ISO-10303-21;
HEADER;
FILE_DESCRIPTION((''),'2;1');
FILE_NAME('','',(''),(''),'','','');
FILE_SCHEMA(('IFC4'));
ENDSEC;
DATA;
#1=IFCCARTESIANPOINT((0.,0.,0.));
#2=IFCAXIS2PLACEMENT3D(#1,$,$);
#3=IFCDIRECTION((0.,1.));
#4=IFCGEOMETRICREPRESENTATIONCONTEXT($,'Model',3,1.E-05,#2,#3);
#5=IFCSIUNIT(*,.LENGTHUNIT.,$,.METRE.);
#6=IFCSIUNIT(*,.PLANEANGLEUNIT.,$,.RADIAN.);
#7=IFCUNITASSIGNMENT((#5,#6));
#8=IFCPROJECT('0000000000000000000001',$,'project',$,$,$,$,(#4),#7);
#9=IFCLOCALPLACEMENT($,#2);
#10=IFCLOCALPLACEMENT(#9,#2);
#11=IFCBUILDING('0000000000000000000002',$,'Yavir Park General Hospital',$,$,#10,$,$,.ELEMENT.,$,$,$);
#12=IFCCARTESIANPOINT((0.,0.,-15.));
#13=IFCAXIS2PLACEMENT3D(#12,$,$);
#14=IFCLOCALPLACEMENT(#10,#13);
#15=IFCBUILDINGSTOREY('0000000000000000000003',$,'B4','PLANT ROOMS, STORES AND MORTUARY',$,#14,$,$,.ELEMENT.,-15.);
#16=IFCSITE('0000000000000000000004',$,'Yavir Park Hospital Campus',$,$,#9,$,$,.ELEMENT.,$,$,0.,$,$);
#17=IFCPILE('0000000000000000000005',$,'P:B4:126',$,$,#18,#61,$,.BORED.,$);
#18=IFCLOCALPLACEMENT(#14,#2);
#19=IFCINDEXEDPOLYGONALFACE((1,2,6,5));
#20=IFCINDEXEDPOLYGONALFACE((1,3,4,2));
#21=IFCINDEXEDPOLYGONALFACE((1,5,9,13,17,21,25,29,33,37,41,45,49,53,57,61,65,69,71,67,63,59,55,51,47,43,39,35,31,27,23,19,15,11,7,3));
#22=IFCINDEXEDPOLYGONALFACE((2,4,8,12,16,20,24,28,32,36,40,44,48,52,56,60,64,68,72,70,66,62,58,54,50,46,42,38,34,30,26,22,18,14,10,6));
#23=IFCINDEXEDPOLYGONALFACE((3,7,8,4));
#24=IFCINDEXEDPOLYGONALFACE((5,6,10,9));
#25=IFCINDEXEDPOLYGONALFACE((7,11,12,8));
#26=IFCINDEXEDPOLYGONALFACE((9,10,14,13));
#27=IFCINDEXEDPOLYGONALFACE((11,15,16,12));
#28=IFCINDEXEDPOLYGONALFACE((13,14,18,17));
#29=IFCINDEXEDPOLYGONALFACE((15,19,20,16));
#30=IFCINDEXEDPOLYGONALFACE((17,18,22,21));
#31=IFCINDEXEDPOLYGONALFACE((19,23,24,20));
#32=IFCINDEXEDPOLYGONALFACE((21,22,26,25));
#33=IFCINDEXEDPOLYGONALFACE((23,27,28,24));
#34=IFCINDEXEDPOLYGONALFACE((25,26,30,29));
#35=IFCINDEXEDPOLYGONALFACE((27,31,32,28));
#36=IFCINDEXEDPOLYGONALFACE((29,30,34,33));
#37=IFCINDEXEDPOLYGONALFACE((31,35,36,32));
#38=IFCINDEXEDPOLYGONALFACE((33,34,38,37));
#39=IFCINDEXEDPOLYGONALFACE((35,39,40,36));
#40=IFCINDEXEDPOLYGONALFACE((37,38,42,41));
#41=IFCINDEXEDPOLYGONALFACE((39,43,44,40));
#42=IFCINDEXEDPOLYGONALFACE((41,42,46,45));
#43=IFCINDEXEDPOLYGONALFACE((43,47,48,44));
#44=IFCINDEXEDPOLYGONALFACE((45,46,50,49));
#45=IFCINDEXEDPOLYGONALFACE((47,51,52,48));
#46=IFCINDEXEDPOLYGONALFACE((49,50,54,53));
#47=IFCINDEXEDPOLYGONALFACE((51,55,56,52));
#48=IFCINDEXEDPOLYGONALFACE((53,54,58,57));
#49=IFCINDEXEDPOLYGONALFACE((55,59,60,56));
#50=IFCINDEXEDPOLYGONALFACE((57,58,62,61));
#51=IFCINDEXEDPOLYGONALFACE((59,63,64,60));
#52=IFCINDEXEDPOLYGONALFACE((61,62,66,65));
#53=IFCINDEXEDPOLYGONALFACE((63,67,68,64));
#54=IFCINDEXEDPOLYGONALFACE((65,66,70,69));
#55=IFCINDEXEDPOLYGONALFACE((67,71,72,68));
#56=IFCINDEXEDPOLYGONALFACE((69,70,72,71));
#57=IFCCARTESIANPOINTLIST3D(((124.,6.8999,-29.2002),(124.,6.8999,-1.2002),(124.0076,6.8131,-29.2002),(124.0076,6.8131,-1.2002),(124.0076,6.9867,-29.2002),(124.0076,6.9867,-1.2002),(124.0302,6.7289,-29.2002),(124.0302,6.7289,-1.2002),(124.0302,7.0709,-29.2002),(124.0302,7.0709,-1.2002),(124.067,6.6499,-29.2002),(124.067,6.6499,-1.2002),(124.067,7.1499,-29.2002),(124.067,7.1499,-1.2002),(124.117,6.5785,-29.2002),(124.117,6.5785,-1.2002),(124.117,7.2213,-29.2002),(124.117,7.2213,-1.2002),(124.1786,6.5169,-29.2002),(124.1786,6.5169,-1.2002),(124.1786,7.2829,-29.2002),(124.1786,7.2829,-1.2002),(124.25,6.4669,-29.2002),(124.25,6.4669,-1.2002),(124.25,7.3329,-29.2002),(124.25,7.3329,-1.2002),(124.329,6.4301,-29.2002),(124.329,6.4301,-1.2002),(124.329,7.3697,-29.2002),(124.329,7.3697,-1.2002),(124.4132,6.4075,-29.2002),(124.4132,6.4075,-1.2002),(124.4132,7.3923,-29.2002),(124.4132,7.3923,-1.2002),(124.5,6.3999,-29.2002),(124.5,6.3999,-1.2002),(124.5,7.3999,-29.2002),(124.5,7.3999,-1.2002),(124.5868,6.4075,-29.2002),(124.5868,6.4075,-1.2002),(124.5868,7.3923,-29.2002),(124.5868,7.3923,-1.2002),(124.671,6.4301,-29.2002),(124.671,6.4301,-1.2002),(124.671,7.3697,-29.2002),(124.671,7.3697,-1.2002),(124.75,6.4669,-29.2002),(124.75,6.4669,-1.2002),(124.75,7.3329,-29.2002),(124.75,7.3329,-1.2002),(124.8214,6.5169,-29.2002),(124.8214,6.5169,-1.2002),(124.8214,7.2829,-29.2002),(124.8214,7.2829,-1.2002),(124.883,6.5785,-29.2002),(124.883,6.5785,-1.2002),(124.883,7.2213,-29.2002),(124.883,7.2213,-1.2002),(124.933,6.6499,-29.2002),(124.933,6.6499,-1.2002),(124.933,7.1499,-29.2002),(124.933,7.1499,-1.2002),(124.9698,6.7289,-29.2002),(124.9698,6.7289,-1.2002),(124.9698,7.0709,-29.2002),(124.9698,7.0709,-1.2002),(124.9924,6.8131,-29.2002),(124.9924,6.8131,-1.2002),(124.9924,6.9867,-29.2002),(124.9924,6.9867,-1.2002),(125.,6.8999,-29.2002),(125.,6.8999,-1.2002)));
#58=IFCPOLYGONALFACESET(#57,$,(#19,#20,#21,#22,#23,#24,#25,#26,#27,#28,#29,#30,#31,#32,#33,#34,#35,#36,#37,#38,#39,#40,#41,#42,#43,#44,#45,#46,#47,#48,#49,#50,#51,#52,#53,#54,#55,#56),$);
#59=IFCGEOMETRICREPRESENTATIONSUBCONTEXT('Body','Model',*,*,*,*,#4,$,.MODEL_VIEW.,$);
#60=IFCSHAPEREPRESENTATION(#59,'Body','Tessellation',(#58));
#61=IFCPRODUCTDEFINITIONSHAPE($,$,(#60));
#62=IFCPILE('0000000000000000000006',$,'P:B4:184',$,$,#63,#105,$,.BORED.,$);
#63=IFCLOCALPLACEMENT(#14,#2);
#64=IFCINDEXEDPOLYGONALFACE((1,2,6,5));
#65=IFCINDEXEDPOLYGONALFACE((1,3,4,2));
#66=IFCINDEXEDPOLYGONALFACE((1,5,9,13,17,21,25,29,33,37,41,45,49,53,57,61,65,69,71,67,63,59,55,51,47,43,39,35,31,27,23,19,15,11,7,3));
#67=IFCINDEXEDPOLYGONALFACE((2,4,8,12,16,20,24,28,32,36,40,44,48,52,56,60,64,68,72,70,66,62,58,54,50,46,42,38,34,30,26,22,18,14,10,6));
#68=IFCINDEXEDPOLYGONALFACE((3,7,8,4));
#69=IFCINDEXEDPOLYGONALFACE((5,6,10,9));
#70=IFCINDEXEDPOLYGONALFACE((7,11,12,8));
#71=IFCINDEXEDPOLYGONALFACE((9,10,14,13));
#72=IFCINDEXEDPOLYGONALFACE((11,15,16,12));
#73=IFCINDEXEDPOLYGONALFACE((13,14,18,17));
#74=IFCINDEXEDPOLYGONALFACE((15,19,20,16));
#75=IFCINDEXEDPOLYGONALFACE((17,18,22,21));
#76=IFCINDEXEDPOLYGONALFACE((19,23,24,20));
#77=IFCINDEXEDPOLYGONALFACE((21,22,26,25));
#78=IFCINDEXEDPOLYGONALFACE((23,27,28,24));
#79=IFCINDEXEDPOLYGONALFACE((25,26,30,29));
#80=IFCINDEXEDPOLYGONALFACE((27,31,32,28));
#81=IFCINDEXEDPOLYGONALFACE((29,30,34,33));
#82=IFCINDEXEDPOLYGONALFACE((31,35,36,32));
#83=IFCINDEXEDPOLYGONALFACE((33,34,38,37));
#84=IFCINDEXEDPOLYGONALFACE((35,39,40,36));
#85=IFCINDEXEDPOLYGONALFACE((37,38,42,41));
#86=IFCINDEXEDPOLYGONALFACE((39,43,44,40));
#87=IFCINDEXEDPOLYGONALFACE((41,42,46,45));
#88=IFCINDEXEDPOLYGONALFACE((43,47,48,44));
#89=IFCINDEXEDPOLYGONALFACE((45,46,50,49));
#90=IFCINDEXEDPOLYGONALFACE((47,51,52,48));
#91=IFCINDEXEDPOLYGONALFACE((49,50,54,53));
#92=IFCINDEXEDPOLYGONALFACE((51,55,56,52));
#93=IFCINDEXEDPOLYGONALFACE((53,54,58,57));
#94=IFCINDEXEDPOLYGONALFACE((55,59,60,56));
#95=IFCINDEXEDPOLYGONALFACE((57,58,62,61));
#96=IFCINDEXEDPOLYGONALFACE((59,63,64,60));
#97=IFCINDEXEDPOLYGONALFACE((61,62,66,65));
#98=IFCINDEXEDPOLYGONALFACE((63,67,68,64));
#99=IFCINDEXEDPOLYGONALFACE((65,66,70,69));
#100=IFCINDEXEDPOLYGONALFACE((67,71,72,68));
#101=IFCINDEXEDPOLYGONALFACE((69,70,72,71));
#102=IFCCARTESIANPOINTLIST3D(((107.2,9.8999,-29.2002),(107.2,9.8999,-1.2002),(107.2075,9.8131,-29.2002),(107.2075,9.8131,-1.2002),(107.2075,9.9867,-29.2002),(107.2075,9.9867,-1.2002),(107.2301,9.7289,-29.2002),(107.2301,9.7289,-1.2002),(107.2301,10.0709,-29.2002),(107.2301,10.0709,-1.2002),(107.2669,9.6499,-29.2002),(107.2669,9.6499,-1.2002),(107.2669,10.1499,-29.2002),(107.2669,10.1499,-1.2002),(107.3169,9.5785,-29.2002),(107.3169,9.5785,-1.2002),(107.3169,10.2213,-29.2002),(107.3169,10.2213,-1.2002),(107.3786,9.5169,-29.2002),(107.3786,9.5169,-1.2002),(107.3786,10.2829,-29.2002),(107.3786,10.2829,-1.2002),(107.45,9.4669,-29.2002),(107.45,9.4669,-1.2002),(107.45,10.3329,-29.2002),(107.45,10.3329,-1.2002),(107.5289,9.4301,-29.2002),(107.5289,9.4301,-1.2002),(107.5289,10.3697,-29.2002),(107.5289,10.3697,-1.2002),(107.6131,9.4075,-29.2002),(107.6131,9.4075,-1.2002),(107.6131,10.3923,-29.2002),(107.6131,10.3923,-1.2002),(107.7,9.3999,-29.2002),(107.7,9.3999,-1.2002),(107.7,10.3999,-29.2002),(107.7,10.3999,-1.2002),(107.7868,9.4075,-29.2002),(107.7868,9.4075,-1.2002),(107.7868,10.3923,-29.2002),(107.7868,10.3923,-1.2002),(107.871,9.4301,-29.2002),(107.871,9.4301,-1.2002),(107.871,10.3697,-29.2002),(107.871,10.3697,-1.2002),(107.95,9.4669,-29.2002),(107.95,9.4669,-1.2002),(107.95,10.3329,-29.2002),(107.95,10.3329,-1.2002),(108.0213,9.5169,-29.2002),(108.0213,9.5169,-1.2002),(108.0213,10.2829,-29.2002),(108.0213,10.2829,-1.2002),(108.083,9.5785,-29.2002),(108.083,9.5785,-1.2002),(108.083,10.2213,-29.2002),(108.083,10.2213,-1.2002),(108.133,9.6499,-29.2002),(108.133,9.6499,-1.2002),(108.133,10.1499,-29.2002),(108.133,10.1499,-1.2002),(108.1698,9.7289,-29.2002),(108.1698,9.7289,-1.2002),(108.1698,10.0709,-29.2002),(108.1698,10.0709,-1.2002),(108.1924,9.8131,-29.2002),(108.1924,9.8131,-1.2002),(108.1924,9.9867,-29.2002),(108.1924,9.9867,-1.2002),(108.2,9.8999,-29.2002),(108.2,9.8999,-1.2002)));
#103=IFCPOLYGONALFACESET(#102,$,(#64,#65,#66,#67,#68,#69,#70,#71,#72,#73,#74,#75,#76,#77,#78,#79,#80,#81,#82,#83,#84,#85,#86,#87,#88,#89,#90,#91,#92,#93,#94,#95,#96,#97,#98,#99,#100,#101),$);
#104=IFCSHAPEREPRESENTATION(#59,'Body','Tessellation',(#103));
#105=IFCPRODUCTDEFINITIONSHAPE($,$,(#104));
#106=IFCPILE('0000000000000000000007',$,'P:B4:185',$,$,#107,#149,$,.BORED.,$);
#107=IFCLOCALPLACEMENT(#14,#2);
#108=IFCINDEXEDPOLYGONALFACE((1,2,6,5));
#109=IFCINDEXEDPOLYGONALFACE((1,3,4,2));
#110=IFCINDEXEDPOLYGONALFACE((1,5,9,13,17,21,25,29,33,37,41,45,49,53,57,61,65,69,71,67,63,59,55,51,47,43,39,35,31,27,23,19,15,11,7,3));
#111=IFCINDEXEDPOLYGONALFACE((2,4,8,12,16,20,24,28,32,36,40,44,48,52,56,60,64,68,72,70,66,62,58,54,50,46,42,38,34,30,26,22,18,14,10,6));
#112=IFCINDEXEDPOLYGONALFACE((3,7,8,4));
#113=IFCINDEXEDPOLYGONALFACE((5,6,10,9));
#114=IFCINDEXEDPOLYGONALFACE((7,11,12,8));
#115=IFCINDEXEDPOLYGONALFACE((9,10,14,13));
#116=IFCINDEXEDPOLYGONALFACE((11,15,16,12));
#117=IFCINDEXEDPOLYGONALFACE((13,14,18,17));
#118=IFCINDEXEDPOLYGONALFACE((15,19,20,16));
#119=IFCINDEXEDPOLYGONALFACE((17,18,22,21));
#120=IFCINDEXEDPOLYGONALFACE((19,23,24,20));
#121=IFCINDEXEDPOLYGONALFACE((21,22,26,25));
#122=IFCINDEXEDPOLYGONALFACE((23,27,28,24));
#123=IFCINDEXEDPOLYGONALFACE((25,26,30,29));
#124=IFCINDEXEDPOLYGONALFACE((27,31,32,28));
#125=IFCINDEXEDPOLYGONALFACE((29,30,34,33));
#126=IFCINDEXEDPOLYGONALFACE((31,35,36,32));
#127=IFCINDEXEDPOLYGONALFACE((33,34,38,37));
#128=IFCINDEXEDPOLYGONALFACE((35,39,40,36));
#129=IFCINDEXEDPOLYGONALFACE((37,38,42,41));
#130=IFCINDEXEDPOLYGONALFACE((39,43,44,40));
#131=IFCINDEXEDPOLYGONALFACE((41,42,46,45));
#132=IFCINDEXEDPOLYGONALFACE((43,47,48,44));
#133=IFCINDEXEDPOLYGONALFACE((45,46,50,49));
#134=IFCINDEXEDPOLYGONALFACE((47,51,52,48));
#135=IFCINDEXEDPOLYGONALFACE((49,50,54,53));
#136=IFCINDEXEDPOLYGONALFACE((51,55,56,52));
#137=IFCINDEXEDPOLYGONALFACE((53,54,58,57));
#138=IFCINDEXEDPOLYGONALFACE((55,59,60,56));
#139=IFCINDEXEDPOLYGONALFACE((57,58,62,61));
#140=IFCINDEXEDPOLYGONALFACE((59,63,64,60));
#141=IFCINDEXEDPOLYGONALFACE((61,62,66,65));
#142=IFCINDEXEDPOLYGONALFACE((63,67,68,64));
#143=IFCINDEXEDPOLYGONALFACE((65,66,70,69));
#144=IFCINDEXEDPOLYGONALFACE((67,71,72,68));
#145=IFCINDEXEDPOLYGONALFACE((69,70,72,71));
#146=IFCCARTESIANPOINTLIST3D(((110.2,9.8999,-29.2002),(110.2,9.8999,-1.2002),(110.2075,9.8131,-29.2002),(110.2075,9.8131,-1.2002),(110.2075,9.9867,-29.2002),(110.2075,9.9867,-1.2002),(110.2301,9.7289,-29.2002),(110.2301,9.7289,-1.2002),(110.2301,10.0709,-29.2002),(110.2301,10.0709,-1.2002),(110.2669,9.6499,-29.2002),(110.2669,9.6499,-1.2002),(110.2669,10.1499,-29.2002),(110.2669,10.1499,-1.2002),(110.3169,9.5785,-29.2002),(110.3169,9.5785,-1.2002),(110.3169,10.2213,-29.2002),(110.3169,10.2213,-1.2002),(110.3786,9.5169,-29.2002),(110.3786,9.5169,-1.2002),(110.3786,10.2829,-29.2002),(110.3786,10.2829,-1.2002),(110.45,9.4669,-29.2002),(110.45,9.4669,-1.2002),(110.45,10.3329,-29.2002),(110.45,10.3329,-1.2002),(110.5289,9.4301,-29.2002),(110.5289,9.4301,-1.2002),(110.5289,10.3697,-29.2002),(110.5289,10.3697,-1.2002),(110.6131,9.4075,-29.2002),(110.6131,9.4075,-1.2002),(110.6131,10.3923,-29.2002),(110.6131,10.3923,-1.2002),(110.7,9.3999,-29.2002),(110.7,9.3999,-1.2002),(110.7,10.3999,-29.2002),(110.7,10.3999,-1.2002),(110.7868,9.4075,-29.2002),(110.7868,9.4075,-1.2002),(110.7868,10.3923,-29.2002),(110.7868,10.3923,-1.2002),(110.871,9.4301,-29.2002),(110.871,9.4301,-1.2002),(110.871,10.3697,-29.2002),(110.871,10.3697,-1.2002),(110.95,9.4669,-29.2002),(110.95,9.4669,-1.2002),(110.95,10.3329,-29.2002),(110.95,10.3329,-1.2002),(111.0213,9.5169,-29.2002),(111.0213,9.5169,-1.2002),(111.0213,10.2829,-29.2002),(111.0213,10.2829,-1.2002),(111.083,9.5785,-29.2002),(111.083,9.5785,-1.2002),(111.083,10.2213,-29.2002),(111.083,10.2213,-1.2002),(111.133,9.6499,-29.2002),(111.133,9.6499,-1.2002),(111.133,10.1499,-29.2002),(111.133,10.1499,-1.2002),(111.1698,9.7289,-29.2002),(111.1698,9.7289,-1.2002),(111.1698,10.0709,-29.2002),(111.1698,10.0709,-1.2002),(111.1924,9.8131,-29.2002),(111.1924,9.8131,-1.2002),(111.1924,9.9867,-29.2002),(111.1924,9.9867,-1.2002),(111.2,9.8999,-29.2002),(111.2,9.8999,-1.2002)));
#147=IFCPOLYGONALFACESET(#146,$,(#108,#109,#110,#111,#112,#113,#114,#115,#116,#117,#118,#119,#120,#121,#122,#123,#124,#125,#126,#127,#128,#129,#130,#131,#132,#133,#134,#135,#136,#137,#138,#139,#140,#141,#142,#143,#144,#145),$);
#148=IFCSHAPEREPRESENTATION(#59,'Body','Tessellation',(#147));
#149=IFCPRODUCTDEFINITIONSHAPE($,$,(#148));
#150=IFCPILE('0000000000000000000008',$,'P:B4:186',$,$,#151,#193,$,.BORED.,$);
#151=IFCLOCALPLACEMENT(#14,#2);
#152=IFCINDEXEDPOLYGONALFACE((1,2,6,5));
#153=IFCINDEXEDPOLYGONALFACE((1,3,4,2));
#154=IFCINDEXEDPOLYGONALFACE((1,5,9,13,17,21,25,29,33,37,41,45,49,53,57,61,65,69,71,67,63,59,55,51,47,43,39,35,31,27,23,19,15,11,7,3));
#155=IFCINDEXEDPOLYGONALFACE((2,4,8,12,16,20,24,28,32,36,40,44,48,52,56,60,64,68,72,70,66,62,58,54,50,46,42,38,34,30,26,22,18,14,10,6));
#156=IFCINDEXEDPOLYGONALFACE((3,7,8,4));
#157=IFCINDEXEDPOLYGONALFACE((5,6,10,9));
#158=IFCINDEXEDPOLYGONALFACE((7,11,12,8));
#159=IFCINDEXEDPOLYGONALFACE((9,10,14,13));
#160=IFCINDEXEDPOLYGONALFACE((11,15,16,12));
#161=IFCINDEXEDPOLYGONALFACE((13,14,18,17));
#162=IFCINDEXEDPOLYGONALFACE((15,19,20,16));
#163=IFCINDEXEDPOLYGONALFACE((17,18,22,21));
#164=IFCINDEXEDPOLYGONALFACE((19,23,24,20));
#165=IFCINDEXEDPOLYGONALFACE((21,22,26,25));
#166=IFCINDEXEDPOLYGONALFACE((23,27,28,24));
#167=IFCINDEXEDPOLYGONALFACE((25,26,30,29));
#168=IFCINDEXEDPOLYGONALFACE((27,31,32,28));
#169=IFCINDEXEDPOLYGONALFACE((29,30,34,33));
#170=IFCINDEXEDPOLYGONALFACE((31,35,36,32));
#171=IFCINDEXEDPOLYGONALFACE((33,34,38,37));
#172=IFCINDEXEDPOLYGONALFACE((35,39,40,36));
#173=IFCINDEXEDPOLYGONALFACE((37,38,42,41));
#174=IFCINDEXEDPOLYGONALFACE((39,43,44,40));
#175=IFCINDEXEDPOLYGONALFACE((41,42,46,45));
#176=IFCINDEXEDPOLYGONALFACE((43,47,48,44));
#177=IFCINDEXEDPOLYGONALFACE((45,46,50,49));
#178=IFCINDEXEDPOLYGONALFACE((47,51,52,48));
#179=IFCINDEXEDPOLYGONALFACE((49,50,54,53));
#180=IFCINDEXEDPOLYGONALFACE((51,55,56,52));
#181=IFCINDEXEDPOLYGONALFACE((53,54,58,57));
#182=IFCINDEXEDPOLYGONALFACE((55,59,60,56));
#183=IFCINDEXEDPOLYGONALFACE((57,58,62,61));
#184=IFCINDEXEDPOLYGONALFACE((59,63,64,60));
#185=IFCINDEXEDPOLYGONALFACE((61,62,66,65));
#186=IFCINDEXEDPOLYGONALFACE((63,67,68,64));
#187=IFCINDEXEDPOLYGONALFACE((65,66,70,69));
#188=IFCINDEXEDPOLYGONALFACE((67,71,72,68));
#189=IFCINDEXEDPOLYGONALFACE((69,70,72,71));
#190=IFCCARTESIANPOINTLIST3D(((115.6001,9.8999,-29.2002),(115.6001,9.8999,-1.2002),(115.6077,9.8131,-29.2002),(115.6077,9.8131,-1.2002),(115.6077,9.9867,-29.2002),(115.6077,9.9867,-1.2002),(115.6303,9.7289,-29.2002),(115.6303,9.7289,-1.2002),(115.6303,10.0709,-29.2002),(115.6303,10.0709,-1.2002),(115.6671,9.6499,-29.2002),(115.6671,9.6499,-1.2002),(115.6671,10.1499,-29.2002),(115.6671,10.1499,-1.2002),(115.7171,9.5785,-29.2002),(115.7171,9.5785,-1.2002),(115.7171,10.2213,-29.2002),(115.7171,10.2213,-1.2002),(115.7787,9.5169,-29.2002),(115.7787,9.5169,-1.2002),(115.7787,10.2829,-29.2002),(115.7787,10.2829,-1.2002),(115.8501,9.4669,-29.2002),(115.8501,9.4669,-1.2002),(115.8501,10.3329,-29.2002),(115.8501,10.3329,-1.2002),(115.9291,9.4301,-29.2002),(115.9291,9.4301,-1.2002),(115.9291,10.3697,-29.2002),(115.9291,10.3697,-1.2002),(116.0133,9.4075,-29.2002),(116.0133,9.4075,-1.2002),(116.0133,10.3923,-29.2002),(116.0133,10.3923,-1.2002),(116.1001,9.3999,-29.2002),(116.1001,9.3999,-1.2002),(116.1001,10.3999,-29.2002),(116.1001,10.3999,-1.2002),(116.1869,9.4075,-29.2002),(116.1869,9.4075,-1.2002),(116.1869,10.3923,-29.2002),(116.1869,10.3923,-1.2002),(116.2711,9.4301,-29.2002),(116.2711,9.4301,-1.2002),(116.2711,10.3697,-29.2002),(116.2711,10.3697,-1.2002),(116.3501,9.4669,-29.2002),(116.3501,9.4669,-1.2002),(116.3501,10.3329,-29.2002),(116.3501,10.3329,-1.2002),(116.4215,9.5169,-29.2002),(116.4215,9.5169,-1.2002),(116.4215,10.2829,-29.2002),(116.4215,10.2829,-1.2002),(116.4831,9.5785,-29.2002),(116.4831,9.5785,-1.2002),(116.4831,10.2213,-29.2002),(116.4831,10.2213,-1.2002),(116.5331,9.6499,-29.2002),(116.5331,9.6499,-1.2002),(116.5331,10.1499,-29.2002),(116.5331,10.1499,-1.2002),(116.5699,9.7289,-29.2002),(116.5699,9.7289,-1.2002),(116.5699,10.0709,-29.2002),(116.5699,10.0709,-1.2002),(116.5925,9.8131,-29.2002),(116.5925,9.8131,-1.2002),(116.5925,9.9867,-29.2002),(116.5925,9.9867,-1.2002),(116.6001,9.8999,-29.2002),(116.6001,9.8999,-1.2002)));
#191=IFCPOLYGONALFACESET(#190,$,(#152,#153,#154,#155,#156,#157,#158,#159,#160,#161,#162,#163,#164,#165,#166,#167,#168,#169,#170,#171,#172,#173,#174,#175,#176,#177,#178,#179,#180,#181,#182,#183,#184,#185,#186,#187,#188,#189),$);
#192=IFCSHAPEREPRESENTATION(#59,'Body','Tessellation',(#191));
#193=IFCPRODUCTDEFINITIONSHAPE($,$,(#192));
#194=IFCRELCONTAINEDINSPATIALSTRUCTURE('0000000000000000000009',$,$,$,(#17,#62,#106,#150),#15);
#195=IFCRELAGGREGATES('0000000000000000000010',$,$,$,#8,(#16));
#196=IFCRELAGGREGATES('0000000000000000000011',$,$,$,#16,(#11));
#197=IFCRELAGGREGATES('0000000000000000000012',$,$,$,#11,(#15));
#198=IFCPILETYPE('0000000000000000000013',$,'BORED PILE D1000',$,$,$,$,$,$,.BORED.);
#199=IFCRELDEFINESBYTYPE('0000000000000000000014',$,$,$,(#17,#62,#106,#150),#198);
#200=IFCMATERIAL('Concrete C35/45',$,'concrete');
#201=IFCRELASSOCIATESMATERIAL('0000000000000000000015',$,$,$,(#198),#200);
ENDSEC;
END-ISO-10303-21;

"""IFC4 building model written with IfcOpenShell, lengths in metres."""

from ifc_helpers import new_model, si_unit, direction, frame, origin, origin_2d, place, context, subcontext, project, spatial, circle, extrude, material, material_profile, profile_set, type_object, element, save


model = new_model("IFC4")

# Units and contexts
model_context = context("Model", 3, precision=1e-05, world=origin(), true_north=direction((0.0, 1.0)))
body_context = subcontext(model_context, "Body", "Model", "MODEL_VIEW")
ifc_project = project(units=[si_unit("LENGTHUNIT", "METRE"), si_unit("PLANEANGLEUNIT", "RADIAN")], contexts=[model_context])

# Site, building, storey
site_placement = place(None, origin())
site = spatial("IfcSite", under=ifc_project, at=site_placement, Name="Yavir Park Hospital Campus", CompositionType="ELEMENT", RefElevation=0.0)
building_placement = place(site_placement, origin())
building = spatial("IfcBuilding", under=site, at=building_placement, Name="Yavir Park General Hospital", CompositionType="ELEMENT")
storey_placement = place(building_placement, frame((0.0, 0.0, -15.0)))
storey = spatial("IfcBuildingStorey", under=building, at=storey_placement, Name="B4", Description="PLANT ROOMS, STORES AND MORTUARY", CompositionType="ELEMENT", Elevation=-15.0)

# Piles
ifc_material_1 = material(Name="Concrete C35/45", Category="concrete")
ifc_material_profile_1 = material_profile(ifc_material_1, circle(Radius=0.5, at=origin_2d()), Name="D1000")
ifc_profile_set_1 = profile_set([ifc_material_profile_1], Name="Concrete C35/45")
pile_type = type_object("IfcPileType", Name="BORED PILE D1000", PredefinedType="BORED", material=ifc_profile_set_1)
for number, where, z_axis, x_axis, name in (
    (1, (124.5, 6.8999, -1.2002), (0.0, 0.0, -1.0), (1.0, 0.0, 0.0), "P:B4:126"),
    (2, (107.7, 9.8999, -1.2002), (0.0, 0.0, -1.0), (1.0, 0.0, 0.0), "P:B4:184"),
    (3, (110.7, 9.8999, -1.2002), (0.0, 0.0, -1.0), (1.0, 0.0, 0.0), "P:B4:185"),
    (4, (116.1001, 9.8999, -1.2002), (0.0, 0.0, -1.0), (1.0, 0.0, 0.0), "P:B4:186"),
):
    element("IfcPile", number, at=place(storey_placement, frame(where, z_axis=z_axis, x_axis=x_axis)), inside=storey, type_object=pile_type, Name=name, PredefinedType="BORED", context=body_context, shape_type="SweptSolid", body=[
        extrude(circle(Radius=0.5, at=origin_2d()), origin(), (0.0, 0.0, 1.0), 28.0),
    ])

save(model, "model.ifc")
